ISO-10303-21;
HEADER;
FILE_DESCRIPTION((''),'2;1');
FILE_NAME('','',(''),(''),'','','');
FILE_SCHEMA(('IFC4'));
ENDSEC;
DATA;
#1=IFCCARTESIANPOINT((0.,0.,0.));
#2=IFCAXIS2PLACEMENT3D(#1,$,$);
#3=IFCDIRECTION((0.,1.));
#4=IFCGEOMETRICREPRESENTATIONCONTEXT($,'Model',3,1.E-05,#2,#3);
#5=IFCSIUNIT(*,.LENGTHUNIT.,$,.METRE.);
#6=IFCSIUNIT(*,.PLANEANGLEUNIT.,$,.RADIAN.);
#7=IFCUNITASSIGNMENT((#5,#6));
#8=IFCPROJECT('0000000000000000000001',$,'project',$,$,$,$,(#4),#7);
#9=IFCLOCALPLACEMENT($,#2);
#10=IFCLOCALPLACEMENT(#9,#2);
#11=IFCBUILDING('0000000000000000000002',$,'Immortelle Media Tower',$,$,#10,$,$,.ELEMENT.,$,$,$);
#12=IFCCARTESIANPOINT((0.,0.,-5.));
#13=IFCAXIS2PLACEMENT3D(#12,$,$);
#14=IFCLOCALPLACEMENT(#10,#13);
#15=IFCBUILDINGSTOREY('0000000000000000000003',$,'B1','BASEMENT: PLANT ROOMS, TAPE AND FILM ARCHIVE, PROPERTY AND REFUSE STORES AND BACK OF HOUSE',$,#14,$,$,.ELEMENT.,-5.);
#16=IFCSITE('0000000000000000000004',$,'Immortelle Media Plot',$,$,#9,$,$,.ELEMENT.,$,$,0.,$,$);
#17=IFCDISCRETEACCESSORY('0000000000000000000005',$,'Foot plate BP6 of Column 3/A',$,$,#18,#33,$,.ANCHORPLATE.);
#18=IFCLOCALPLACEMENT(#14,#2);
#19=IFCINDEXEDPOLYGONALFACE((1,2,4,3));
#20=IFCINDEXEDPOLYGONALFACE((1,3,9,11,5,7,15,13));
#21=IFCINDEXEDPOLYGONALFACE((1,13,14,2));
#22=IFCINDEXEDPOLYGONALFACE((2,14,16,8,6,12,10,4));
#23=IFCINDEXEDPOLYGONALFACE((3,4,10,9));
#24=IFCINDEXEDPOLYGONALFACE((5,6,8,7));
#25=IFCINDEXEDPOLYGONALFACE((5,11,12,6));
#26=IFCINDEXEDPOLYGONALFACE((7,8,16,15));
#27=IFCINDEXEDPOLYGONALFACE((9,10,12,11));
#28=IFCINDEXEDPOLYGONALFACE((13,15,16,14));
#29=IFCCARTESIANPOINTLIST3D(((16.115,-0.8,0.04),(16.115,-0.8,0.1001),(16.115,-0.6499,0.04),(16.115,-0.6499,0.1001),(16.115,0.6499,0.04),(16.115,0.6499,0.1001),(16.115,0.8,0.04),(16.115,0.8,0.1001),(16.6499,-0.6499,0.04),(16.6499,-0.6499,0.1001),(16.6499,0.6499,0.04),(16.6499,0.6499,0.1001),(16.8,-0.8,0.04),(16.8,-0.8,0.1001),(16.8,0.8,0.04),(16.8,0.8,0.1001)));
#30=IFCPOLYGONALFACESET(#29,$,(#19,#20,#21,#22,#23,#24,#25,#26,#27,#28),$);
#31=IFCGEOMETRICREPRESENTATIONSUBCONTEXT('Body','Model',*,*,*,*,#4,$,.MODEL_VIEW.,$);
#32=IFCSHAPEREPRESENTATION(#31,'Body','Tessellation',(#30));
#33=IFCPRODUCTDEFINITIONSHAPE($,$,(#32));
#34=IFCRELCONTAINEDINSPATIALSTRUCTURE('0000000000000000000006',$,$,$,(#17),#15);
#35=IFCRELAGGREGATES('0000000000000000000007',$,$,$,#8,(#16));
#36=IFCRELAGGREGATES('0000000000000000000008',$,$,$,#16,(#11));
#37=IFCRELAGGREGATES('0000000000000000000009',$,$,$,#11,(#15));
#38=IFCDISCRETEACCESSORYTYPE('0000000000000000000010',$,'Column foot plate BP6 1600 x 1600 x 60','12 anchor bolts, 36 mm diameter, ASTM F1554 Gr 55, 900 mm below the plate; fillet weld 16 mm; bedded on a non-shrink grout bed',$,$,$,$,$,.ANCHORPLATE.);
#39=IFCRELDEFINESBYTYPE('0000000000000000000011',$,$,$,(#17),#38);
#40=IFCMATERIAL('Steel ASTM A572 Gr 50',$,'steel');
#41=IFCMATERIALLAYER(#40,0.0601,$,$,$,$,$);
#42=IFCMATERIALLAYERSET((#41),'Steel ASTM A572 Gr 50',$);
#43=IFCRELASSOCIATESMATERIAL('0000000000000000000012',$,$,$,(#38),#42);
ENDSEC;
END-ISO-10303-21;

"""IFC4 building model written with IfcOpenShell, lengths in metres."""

from ifc_helpers import new_model, si_unit, direction, frame, origin, place, context, subcontext, project, spatial, polyline, outline, extrude, material, layer, layer_set, type_object, element, save


model = new_model("IFC4")

# Units and contexts
model_context = context("Model", 3, precision=1e-05, world=origin(), true_north=direction((0.0, 1.0)))
body_context = subcontext(model_context, "Body", "Model", "MODEL_VIEW")
ifc_project = project(units=[si_unit("LENGTHUNIT", "METRE"), si_unit("PLANEANGLEUNIT", "RADIAN")], contexts=[model_context])

# Site, building, storey
site_placement = place(None, origin())
site = spatial("IfcSite", under=ifc_project, at=site_placement, Name="Immortelle Media Plot", CompositionType="ELEMENT", RefElevation=0.0)
building_placement = place(site_placement, origin())
building = spatial("IfcBuilding", under=site, at=building_placement, Name="Immortelle Media Tower", CompositionType="ELEMENT")
storey_placement = place(building_placement, frame((0.0, 0.0, -5.0)))
storey = spatial("IfcBuildingStorey", under=building, at=storey_placement, Name="B1", Description="BASEMENT: PLANT ROOMS, TAPE AND FILM ARCHIVE, PROPERTY AND REFUSE STORES AND BACK OF HOUSE", CompositionType="ELEMENT", Elevation=-5.0)

# Shared definitions
ifc_material_1 = material(Name="Steel ASTM A572 Gr 50", Category="steel")

# Discrete accessory
ifc_layer_1 = layer(ifc_material_1, 0.0601)
ifc_layer_set_1 = layer_set([ifc_layer_1], Name="Steel ASTM A572 Gr 50")
discrete_accessory_type = type_object("IfcDiscreteAccessoryType", Name="Column foot plate BP6 1600 x 1600 x 60", Description="12 anchor bolts, 36 mm diameter, ASTM F1554 Gr 55, 900 mm below the plate; fillet weld 16 mm; bedded on a non-shrink grout bed", PredefinedType="ANCHORPLATE", material=ifc_layer_set_1)
discrete_accessory_1_placement = place(storey_placement, frame((16.0, 0.0, 0.04), z_axis=(0.0, 0.0, 1.0), x_axis=(1.0, 0.0, 0.0)))
element("IfcDiscreteAccessory", 1, at=discrete_accessory_1_placement, inside=storey, type_object=discrete_accessory_type, Name="Foot plate BP6 of Column 3/A", PredefinedType="ANCHORPLATE", context=body_context, shape_type="SweptSolid", body=[
    extrude(outline(polyline([(0.8, -0.8), (0.8, 0.8), (0.115, 0.8), (0.115, 0.6499), (0.6499, 0.6499), (0.6499, -0.6499), (0.115, -0.6499), (0.115, -0.8), (0.8, -0.8)])), origin(), (0.0, 0.0, 1.0), 0.0601),
])

save(model, "model.ifc")
